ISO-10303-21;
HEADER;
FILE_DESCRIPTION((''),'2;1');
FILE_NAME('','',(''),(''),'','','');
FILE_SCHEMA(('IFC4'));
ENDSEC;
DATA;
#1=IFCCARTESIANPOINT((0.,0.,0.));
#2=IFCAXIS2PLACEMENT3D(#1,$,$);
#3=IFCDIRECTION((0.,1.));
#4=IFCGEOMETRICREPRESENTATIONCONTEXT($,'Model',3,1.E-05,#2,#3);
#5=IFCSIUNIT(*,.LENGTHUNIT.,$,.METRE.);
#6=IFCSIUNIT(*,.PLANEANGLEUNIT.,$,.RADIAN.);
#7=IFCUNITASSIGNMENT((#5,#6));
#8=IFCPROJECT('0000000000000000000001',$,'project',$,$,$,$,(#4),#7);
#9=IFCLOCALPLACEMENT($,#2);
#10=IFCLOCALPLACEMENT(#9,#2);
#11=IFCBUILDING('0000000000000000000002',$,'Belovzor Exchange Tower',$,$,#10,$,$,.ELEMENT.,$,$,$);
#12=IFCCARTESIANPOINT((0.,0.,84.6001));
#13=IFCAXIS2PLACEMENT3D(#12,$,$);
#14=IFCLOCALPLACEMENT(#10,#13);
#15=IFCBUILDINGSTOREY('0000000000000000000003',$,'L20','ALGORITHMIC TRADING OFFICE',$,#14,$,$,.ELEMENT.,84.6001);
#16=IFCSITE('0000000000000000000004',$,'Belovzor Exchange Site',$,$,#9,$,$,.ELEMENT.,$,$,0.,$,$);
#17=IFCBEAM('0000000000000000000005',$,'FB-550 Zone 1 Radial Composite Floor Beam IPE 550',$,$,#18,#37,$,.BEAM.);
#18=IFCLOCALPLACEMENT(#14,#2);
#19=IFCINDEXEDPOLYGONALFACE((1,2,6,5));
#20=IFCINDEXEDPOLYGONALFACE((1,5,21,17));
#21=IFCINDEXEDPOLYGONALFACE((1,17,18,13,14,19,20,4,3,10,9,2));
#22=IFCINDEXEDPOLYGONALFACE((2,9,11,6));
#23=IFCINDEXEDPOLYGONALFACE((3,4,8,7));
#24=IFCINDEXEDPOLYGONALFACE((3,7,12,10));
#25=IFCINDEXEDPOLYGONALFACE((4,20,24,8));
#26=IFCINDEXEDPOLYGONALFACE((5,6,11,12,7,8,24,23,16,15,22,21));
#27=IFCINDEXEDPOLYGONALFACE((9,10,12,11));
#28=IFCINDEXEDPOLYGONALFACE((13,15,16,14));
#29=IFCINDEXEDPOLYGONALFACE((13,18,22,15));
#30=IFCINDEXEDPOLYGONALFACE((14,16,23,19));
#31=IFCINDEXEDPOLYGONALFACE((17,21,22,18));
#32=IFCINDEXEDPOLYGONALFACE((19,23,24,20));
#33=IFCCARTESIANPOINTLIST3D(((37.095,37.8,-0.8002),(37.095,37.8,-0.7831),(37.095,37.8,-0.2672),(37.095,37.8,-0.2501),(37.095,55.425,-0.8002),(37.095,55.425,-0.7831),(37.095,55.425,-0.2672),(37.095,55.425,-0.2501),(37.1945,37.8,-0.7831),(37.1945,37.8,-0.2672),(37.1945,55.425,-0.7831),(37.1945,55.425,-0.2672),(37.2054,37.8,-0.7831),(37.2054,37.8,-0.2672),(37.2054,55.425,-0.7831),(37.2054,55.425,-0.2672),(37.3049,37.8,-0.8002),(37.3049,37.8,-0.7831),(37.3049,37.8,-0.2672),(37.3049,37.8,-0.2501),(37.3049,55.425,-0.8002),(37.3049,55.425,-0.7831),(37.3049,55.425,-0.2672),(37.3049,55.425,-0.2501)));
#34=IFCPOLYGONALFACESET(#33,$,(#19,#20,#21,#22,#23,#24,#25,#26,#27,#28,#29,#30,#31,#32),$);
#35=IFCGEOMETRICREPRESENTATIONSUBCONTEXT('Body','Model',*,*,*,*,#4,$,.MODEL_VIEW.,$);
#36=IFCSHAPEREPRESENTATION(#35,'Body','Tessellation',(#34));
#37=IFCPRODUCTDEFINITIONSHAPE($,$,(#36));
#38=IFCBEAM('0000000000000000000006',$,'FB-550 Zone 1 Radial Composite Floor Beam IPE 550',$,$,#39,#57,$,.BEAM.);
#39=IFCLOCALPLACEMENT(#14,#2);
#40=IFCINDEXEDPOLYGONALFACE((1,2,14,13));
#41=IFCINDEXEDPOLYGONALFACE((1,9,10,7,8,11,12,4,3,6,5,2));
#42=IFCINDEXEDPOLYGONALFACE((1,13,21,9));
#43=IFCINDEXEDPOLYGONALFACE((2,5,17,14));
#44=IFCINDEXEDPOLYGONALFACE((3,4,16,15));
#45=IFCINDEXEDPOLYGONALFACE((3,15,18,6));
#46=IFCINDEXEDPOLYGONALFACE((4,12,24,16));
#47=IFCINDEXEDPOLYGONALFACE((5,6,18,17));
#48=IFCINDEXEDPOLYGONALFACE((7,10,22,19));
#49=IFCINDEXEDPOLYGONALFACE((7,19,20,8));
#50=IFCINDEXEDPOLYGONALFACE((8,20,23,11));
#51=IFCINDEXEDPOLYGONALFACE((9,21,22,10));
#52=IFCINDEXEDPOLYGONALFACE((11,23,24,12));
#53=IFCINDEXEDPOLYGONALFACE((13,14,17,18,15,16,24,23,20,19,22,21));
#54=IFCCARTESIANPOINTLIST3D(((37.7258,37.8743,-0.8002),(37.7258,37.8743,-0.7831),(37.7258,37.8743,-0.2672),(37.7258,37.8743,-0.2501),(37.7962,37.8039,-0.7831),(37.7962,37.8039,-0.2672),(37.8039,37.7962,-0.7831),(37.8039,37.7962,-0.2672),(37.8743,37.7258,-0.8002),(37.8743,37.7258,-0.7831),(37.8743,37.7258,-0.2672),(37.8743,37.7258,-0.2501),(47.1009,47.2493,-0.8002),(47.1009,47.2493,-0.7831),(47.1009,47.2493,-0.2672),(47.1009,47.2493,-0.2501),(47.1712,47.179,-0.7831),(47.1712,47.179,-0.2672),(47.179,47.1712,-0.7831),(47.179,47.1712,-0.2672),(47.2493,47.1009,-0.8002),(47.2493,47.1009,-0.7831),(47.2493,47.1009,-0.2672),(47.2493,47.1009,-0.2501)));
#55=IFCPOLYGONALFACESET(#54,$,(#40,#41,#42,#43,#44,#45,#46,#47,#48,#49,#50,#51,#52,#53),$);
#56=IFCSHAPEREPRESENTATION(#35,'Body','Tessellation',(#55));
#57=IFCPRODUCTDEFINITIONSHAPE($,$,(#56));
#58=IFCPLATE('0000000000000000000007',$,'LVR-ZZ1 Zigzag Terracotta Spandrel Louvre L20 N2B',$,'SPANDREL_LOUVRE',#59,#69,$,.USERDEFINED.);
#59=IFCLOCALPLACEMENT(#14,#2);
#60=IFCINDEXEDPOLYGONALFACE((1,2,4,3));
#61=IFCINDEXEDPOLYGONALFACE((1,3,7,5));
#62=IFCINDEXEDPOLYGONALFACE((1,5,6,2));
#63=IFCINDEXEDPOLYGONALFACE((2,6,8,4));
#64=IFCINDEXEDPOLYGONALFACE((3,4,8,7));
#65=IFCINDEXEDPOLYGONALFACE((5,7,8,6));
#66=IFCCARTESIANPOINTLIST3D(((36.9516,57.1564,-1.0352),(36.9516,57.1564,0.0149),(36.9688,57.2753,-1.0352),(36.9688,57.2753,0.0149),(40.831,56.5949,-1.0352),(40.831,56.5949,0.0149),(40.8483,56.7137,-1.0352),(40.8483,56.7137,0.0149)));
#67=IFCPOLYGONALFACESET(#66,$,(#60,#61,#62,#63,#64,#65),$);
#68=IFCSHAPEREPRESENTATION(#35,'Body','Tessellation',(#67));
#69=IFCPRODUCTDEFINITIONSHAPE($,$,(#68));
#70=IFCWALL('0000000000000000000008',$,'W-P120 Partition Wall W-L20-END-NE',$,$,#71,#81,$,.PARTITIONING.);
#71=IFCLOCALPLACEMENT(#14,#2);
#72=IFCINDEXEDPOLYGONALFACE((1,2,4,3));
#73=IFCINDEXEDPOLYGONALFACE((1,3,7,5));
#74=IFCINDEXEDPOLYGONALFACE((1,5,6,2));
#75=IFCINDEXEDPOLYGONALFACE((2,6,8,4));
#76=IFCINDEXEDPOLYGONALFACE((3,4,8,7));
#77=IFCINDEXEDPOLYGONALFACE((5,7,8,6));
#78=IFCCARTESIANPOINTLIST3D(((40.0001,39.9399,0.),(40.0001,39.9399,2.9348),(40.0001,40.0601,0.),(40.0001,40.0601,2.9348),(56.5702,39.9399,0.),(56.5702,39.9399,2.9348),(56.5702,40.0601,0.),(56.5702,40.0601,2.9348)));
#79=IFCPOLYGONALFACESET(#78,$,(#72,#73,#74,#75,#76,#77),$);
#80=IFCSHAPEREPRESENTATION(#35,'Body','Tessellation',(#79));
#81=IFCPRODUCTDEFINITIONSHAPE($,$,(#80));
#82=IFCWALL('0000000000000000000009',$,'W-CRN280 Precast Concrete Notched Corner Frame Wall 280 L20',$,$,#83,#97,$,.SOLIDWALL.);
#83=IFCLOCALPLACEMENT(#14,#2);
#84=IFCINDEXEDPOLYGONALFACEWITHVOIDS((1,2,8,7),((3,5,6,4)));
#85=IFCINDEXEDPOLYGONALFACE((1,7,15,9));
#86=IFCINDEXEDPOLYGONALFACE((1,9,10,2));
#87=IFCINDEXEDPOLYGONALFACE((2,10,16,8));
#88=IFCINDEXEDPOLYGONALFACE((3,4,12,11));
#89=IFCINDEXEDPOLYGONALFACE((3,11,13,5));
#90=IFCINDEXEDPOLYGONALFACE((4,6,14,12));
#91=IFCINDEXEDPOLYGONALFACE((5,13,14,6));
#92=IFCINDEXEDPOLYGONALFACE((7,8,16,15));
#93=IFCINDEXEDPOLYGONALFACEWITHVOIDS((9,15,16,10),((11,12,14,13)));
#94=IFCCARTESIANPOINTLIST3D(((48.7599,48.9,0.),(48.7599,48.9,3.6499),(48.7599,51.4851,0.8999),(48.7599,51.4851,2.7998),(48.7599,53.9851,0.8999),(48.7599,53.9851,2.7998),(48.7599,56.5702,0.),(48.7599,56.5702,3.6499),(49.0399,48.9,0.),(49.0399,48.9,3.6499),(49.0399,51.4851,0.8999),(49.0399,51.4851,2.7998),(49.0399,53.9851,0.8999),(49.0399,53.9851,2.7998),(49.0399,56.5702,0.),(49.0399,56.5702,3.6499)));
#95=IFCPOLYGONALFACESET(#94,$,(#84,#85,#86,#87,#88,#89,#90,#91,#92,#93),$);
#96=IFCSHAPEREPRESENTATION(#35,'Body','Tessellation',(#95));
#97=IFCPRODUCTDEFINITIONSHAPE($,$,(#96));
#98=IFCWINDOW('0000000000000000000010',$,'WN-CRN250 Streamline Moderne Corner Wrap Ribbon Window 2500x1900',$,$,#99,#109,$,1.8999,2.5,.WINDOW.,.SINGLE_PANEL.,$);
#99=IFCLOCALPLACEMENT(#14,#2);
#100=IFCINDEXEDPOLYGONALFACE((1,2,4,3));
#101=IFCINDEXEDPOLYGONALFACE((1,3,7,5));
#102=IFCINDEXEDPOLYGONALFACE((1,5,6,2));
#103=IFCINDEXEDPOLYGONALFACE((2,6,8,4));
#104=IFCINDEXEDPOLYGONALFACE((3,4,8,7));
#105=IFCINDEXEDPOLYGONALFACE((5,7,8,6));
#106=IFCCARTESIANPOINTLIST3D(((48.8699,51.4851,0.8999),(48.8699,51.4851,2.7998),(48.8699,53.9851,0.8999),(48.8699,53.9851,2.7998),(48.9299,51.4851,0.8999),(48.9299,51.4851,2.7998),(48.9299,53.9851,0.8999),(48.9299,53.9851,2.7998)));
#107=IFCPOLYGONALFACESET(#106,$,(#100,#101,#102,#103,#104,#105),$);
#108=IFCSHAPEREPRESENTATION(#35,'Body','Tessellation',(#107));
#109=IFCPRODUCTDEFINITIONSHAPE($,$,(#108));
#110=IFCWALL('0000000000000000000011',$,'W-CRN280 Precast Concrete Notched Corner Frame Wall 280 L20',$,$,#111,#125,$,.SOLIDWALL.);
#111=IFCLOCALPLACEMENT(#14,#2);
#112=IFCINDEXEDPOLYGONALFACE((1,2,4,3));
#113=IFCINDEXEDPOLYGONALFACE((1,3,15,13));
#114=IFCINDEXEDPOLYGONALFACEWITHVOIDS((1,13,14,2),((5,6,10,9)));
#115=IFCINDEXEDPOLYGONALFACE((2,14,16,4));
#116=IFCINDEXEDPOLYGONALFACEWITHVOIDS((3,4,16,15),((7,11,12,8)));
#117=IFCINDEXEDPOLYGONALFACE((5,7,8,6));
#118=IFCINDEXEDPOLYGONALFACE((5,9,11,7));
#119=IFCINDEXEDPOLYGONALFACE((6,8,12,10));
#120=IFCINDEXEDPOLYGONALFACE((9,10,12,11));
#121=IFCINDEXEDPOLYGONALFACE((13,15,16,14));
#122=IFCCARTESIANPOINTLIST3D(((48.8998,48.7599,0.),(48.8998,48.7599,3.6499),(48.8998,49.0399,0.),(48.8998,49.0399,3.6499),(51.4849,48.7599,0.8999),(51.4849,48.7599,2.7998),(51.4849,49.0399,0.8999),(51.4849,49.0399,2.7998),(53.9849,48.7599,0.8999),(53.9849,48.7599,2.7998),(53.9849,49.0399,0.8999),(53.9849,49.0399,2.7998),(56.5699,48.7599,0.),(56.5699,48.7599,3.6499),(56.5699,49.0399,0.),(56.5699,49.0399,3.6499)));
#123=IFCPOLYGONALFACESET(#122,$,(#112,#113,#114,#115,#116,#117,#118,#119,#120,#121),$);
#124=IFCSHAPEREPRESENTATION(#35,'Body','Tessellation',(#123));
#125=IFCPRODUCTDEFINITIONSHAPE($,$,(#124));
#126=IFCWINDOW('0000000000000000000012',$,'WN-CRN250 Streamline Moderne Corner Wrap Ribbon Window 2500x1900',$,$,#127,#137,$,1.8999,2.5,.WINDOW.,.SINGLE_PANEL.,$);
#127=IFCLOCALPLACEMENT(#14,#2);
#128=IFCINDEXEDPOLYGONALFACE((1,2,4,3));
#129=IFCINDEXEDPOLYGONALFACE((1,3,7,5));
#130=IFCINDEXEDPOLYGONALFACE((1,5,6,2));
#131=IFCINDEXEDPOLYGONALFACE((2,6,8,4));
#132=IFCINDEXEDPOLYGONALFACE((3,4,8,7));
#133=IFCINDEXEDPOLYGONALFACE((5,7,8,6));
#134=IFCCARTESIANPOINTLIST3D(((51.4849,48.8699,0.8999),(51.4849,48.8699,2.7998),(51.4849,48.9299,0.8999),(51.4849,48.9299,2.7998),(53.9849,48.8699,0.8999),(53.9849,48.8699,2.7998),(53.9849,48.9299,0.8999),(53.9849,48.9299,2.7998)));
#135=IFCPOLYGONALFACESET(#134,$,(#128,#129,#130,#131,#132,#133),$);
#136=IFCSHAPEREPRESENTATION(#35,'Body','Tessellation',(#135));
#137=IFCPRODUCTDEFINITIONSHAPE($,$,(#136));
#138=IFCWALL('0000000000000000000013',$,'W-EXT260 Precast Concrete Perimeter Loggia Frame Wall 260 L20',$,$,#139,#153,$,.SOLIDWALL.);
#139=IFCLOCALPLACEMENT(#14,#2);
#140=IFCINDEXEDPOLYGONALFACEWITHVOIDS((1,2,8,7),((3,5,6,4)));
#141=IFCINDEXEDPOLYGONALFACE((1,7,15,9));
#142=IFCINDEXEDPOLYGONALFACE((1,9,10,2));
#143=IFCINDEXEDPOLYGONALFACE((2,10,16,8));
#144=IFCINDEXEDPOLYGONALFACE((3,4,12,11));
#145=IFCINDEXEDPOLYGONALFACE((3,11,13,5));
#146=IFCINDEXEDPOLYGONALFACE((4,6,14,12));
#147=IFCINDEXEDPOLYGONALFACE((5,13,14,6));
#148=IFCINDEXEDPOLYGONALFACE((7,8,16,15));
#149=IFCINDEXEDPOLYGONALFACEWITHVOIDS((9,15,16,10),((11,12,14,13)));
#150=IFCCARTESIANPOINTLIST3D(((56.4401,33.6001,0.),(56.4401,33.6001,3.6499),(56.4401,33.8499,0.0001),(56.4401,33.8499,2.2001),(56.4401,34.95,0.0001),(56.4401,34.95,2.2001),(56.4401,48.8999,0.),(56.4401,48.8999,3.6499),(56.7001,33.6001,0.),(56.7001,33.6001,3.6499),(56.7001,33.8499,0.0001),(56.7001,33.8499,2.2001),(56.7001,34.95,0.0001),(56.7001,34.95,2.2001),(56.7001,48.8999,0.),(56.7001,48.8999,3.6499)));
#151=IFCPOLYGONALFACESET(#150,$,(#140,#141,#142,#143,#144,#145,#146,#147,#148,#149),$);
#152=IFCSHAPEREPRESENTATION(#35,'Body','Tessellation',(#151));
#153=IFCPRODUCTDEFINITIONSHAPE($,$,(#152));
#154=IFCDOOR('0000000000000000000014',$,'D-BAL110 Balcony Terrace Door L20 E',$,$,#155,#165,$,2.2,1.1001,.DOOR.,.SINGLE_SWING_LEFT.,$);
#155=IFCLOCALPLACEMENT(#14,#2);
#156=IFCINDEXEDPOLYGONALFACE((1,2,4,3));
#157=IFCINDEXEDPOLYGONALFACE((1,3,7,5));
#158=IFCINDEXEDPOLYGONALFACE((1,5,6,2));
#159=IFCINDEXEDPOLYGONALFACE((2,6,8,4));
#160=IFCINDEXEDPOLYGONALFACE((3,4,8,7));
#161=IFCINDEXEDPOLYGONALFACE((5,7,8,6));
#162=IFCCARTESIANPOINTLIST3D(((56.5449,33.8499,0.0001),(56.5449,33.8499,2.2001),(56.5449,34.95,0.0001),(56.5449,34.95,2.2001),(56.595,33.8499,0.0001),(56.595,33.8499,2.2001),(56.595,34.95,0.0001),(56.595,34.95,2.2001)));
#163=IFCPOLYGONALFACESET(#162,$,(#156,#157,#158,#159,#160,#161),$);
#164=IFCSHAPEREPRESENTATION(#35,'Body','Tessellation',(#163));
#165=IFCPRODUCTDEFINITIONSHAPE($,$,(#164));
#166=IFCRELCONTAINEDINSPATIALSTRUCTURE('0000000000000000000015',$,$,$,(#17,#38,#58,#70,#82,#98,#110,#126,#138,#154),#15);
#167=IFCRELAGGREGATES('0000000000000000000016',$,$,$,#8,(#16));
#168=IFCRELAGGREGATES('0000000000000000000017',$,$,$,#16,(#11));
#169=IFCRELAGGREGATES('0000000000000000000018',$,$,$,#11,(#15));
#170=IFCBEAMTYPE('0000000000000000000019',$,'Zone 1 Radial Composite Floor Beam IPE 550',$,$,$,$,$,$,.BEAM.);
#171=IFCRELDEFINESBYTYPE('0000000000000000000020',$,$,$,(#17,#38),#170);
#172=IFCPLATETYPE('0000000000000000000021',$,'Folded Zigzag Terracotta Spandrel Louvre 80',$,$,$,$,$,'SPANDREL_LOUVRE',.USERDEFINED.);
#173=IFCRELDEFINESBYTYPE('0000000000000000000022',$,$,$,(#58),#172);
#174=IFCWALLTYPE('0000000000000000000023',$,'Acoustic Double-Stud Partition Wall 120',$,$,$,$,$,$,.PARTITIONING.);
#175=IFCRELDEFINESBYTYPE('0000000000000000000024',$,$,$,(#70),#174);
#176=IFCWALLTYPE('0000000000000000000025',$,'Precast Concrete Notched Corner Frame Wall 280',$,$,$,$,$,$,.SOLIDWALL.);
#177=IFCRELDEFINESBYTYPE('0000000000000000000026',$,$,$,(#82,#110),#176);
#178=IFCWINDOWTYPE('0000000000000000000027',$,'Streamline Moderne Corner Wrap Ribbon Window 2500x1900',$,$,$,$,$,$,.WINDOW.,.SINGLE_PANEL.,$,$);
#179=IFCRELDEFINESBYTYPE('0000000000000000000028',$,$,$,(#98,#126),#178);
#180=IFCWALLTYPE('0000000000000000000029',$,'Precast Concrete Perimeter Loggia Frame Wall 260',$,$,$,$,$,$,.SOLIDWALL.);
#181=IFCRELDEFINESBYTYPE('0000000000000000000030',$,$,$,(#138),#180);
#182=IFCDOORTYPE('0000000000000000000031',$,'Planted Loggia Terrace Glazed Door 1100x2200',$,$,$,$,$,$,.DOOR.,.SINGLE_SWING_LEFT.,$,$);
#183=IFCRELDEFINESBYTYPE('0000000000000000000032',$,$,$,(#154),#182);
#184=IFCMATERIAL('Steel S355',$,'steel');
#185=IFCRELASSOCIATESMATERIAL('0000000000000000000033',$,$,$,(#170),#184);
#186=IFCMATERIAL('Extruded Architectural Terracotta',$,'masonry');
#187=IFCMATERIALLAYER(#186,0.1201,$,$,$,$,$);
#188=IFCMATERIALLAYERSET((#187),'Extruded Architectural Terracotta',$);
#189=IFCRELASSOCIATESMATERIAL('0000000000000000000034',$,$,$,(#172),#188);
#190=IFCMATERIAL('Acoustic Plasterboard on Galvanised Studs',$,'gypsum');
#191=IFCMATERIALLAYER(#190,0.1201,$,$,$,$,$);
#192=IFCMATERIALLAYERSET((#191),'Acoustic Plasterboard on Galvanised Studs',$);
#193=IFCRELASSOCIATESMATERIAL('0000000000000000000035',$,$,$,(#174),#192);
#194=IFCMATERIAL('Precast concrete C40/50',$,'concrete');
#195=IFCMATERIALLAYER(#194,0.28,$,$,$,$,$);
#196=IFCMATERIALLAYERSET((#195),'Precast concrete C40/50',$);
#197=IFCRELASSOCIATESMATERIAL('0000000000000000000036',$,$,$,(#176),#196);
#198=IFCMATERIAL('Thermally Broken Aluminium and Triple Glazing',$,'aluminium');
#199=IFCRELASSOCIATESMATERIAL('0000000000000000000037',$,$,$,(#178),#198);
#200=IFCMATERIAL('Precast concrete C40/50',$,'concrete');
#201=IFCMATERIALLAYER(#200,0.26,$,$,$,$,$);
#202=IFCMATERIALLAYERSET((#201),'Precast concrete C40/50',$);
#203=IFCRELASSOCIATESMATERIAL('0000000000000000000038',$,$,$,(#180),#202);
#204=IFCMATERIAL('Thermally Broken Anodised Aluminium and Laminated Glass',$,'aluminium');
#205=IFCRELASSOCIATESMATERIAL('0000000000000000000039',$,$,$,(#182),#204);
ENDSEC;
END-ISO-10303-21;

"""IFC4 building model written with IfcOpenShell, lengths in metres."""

from ifc_helpers import new_model, si_unit, direction, frame, frame_2d, origin, origin_2d, place, context, subcontext, project, spatial, rectangle, i_section, extrude, material, layer, layer_set, material_profile, profile_set, type_object, element, fill, save


model = new_model("IFC4")

# Units and contexts
model_context = context("Model", 3, precision=1e-05, world=origin(), true_north=direction((0.0, 1.0)))
body_context = subcontext(model_context, "Body", "Model", "MODEL_VIEW")
ifc_project = project(units=[si_unit("LENGTHUNIT", "METRE"), si_unit("PLANEANGLEUNIT", "RADIAN")], contexts=[model_context])

# Site, building, storey
site_placement = place(None, origin())
site = spatial("IfcSite", under=ifc_project, at=site_placement, Name="Belovzor Exchange Site", CompositionType="ELEMENT", RefElevation=0.0)
building_placement = place(site_placement, origin())
building = spatial("IfcBuilding", under=site, at=building_placement, Name="Belovzor Exchange Tower", CompositionType="ELEMENT")
storey_placement = place(building_placement, frame((0.0, 0.0, 84.6001)))
storey = spatial("IfcBuildingStorey", under=building, at=storey_placement, Name="L20", Description="ALGORITHMIC TRADING OFFICE", CompositionType="ELEMENT", Elevation=84.6001)

# Beams
ifc_material_1 = material(Name="Steel S355", Category="steel")
ifc_material_profile_1 = material_profile(ifc_material_1, i_section(OverallWidth=0.21, OverallDepth=0.55, WebThickness=0.011, FlangeThickness=0.0171, at=origin_2d()))
ifc_profile_set_1 = profile_set([ifc_material_profile_1], Name="Steel S355")
beam_type_1 = type_object("IfcBeamType", Name="Zone 1 Radial Composite Floor Beam IPE 550", PredefinedType="BEAM", material=ifc_profile_set_1)
beam_1_placement = place(storey_placement, frame((37.2, 37.8, -0.5251), z_axis=(0.0, 1.0, 0.0), x_axis=(-1.0, 0.0, 0.0)))
element("IfcBeam", 1, at=beam_1_placement, inside=storey, type_object=beam_type_1, Name="FB-550 Zone 1 Radial Composite Floor Beam IPE 550", PredefinedType="BEAM", context=body_context, shape_type="SweptSolid", body=[
    extrude(i_section(OverallWidth=0.21, OverallDepth=0.55, WebThickness=0.011, FlangeThickness=0.0171, at=origin_2d()), origin(), (0.0, 0.0, 1.0), 17.625),
])
beam_2_placement = place(storey_placement, frame((37.8, 37.8, -0.5251), z_axis=(0.707107, 0.707107, 0.0), x_axis=(-0.707107, 0.707107, 0.0)))
element("IfcBeam", 2, at=beam_2_placement, inside=storey, type_object=beam_type_1, Name="FB-550 Zone 1 Radial Composite Floor Beam IPE 550", PredefinedType="BEAM", context=body_context, shape_type="SweptSolid", body=[
    extrude(i_section(OverallWidth=0.21, OverallDepth=0.55, WebThickness=0.011, FlangeThickness=0.0171, at=origin_2d()), origin(), (0.0, 0.0, 1.0), 13.2583),
])

# Plate
ifc_material_2 = material(Name="Extruded Architectural Terracotta", Category="masonry")
ifc_layer_1 = layer(ifc_material_2, 0.1201)
ifc_layer_set_1 = layer_set([ifc_layer_1], Name="Extruded Architectural Terracotta")
plate_type = type_object("IfcPlateType", Name="Folded Zigzag Terracotta Spandrel Louvre 80", ElementType="SPANDREL_LOUVRE", PredefinedType="USERDEFINED", material=ifc_layer_set_1)
plate_placement = place(storey_placement, frame((38.8999, 56.9351, -1.0352), z_axis=(0.0, 0.0, 1.0), x_axis=(0.989686, -0.143251, 0.0)))
element("IfcPlate", 3, at=plate_placement, inside=storey, type_object=plate_type, Name="LVR-ZZ1 Zigzag Terracotta Spandrel Louvre L20 N2B", ObjectType="SPANDREL_LOUVRE", PredefinedType="USERDEFINED", context=body_context, shape_type="SweptSolid", body=[
    extrude(rectangle(XDim=3.9199, YDim=0.1201, at=origin_2d()), origin(), (0.0, 0.0, 1.0), 1.05),
])

# Wall
ifc_material_3 = material(Name="Acoustic Plasterboard on Galvanised Studs", Category="gypsum")
ifc_layer_2 = layer(ifc_material_3, 0.1201)
ifc_layer_set_2 = layer_set([ifc_layer_2], Name="Acoustic Plasterboard on Galvanised Studs")
wall_type_1 = type_object("IfcWallType", Name="Acoustic Double-Stud Partition Wall 120", PredefinedType="PARTITIONING", material=ifc_layer_set_2)
wall_1_placement = place(storey_placement, frame((40.0, 40.0, 0.0), z_axis=(0.0, 0.0, 1.0), x_axis=(1.0, 0.0, 0.0)))
element("IfcWall", 4, at=wall_1_placement, inside=storey, type_object=wall_type_1, Name="W-P120 Partition Wall W-L20-END-NE", PredefinedType="PARTITIONING", context=body_context, shape_type="SweptSolid", body=[
    extrude(rectangle(XDim=16.5701, YDim=0.1201, at=frame_2d((8.2852, 0.0))), origin(), (0.0, 0.0, 1.0), 2.9348),
])

# Walls, openings, windows
ifc_material_4 = material(Name="Precast concrete C40/50", Category="concrete")
ifc_layer_3 = layer(ifc_material_4, 0.28)
ifc_layer_set_3 = layer_set([ifc_layer_3], Name="Precast concrete C40/50")
wall_type_2 = type_object("IfcWallType", Name="Precast Concrete Notched Corner Frame Wall 280", PredefinedType="SOLIDWALL", material=ifc_layer_set_3)
wall_2_placement = place(storey_placement, frame((48.8999, 56.5701, 0.0), z_axis=(0.0, 0.0, 1.0), x_axis=(0.0, -1.0, 0.0)))
wall_2 = element("IfcWall", 5, at=wall_2_placement, inside=storey, type_object=wall_type_2, Name="W-CRN280 Precast Concrete Notched Corner Frame Wall 280 L20", PredefinedType="SOLIDWALL", context=body_context, shape_type="SweptSolid", body=[
    extrude(rectangle(XDim=7.6702, YDim=0.28, at=frame_2d((3.835, 0.0))), origin(), (0.0, 0.0, 1.0), 3.6499),
])
opening_1_placement = place(wall_2_placement, frame((2.585, 0.0, 0.8999)))
opening_1 = element("IfcOpeningElement", 6, at=opening_1_placement, cuts=wall_2, PredefinedType="OPENING", context=body_context, shape_type="SweptSolid", body=[
    extrude(rectangle(XDim=2.5, YDim=1.8999, at=frame_2d((1.25, 0.95))), frame((0.0, 0.1499, 0.0), z_axis=(0.0, -1.0, 0.0), x_axis=(1.0, 0.0, 0.0)), (0.0, 0.0, 1.0), 0.3),
])
ifc_material_5 = material(Name="Thermally Broken Aluminium and Triple Glazing", Category="aluminium")
window_type = type_object("IfcWindowType", Name="Streamline Moderne Corner Wrap Ribbon Window 2500x1900", PartitioningType="SINGLE_PANEL", PredefinedType="WINDOW", material=ifc_material_5)
window_1_placement = place(opening_1_placement, origin())
window_1 = element("IfcWindow", 7, at=window_1_placement, inside=storey, type_object=window_type, Name="WN-CRN250 Streamline Moderne Corner Wrap Ribbon Window 2500x1900", OverallHeight=1.8999, OverallWidth=2.5, PartitioningType="SINGLE_PANEL", PredefinedType="WINDOW", context=body_context, shape_type="SweptSolid", body=[
    extrude(rectangle(XDim=2.5, YDim=1.8999, at=frame_2d((1.25, 0.95))), frame((0.0, 0.03, 0.0), z_axis=(0.0, -1.0, 0.0), x_axis=(1.0, 0.0, 0.0)), (0.0, 0.0, 1.0), 0.0601),
])
fill(opening_1, window_1)
wall_3_placement = place(storey_placement, frame((48.8999, 48.8999, 0.0), z_axis=(0.0, 0.0, 1.0), x_axis=(1.0, 0.0, 0.0)))
wall_3 = element("IfcWall", 8, at=wall_3_placement, inside=storey, type_object=wall_type_2, Name="W-CRN280 Precast Concrete Notched Corner Frame Wall 280 L20", PredefinedType="SOLIDWALL", context=body_context, shape_type="SweptSolid", body=[
    extrude(rectangle(XDim=7.6702, YDim=0.28, at=frame_2d((3.835, 0.0))), origin(), (0.0, 0.0, 1.0), 3.6499),
])
opening_2_placement = place(wall_3_placement, frame((2.585, 0.0, 0.8999)))
opening_2 = element("IfcOpeningElement", 9, at=opening_2_placement, cuts=wall_3, PredefinedType="OPENING", context=body_context, shape_type="SweptSolid", body=[
    extrude(rectangle(XDim=2.5, YDim=1.8999, at=frame_2d((1.25, 0.95))), frame((0.0, 0.1499, 0.0), z_axis=(0.0, -1.0, 0.0), x_axis=(1.0, 0.0, 0.0)), (0.0, 0.0, 1.0), 0.3),
])
window_2_placement = place(opening_2_placement, origin())
window_2 = element("IfcWindow", 10, at=window_2_placement, inside=storey, type_object=window_type, Name="WN-CRN250 Streamline Moderne Corner Wrap Ribbon Window 2500x1900", OverallHeight=1.8999, OverallWidth=2.5, PartitioningType="SINGLE_PANEL", PredefinedType="WINDOW", context=body_context, shape_type="SweptSolid", body=[
    extrude(rectangle(XDim=2.5, YDim=1.8999, at=frame_2d((1.25, 0.95))), frame((0.0, 0.03, 0.0), z_axis=(0.0, -1.0, 0.0), x_axis=(1.0, 0.0, 0.0)), (0.0, 0.0, 1.0), 0.0601),
])
fill(opening_2, window_2)

# Wall, opening, door
ifc_material_6 = material(Name="Precast concrete C40/50", Category="concrete")
ifc_layer_4 = layer(ifc_material_6, 0.26)
ifc_layer_set_4 = layer_set([ifc_layer_4], Name="Precast concrete C40/50")
wall_type_3 = type_object("IfcWallType", Name="Precast Concrete Perimeter Loggia Frame Wall 260", PredefinedType="SOLIDWALL", material=ifc_layer_set_4)
wall_4_placement = place(storey_placement, frame((56.5701, 48.8999, 0.0), z_axis=(0.0, 0.0, 1.0), x_axis=(0.0, -1.0, 0.0)))
wall_4 = element("IfcWall", 11, at=wall_4_placement, inside=storey, type_object=wall_type_3, Name="W-EXT260 Precast Concrete Perimeter Loggia Frame Wall 260 L20", PredefinedType="SOLIDWALL", context=body_context, shape_type="SweptSolid", body=[
    extrude(rectangle(XDim=15.2998, YDim=0.26, at=frame_2d((7.6499, 0.0))), origin(), (0.0, 0.0, 1.0), 3.6499),
])
opening_3_placement = place(wall_4_placement, frame((13.95, 0.0, 0.0)))
opening_3 = element("IfcOpeningElement", 12, at=opening_3_placement, cuts=wall_4, PredefinedType="OPENING", context=body_context, shape_type="SweptSolid", body=[
    extrude(rectangle(XDim=1.1001, YDim=2.2, at=frame_2d((0.55, 1.1001))), frame((0.0, 0.1399, 0.0), z_axis=(0.0, -1.0, 0.0), x_axis=(1.0, 0.0, 0.0)), (0.0, 0.0, 1.0), 0.28),
])
ifc_material_7 = material(Name="Thermally Broken Anodised Aluminium and Laminated Glass", Category="aluminium")
door_type = type_object("IfcDoorType", Name="Planted Loggia Terrace Glazed Door 1100x2200", OperationType="SINGLE_SWING_LEFT", PredefinedType="DOOR", material=ifc_material_7)
door_placement = place(opening_3_placement, origin())
door = element("IfcDoor", 13, at=door_placement, inside=storey, type_object=door_type, Name="D-BAL110 Balcony Terrace Door L20 E", OperationType="SINGLE_SWING_LEFT", OverallHeight=2.2, OverallWidth=1.1001, PredefinedType="DOOR", context=body_context, shape_type="SweptSolid", body=[
    extrude(rectangle(XDim=1.1001, YDim=2.2, at=frame_2d((0.55, 1.1001))), frame((0.0, 0.0249, 0.0), z_axis=(0.0, -1.0, 0.0), x_axis=(1.0, 0.0, 0.0)), (0.0, 0.0, 1.0), 0.05),
])
fill(opening_3, door)

save(model, "model.ifc")
